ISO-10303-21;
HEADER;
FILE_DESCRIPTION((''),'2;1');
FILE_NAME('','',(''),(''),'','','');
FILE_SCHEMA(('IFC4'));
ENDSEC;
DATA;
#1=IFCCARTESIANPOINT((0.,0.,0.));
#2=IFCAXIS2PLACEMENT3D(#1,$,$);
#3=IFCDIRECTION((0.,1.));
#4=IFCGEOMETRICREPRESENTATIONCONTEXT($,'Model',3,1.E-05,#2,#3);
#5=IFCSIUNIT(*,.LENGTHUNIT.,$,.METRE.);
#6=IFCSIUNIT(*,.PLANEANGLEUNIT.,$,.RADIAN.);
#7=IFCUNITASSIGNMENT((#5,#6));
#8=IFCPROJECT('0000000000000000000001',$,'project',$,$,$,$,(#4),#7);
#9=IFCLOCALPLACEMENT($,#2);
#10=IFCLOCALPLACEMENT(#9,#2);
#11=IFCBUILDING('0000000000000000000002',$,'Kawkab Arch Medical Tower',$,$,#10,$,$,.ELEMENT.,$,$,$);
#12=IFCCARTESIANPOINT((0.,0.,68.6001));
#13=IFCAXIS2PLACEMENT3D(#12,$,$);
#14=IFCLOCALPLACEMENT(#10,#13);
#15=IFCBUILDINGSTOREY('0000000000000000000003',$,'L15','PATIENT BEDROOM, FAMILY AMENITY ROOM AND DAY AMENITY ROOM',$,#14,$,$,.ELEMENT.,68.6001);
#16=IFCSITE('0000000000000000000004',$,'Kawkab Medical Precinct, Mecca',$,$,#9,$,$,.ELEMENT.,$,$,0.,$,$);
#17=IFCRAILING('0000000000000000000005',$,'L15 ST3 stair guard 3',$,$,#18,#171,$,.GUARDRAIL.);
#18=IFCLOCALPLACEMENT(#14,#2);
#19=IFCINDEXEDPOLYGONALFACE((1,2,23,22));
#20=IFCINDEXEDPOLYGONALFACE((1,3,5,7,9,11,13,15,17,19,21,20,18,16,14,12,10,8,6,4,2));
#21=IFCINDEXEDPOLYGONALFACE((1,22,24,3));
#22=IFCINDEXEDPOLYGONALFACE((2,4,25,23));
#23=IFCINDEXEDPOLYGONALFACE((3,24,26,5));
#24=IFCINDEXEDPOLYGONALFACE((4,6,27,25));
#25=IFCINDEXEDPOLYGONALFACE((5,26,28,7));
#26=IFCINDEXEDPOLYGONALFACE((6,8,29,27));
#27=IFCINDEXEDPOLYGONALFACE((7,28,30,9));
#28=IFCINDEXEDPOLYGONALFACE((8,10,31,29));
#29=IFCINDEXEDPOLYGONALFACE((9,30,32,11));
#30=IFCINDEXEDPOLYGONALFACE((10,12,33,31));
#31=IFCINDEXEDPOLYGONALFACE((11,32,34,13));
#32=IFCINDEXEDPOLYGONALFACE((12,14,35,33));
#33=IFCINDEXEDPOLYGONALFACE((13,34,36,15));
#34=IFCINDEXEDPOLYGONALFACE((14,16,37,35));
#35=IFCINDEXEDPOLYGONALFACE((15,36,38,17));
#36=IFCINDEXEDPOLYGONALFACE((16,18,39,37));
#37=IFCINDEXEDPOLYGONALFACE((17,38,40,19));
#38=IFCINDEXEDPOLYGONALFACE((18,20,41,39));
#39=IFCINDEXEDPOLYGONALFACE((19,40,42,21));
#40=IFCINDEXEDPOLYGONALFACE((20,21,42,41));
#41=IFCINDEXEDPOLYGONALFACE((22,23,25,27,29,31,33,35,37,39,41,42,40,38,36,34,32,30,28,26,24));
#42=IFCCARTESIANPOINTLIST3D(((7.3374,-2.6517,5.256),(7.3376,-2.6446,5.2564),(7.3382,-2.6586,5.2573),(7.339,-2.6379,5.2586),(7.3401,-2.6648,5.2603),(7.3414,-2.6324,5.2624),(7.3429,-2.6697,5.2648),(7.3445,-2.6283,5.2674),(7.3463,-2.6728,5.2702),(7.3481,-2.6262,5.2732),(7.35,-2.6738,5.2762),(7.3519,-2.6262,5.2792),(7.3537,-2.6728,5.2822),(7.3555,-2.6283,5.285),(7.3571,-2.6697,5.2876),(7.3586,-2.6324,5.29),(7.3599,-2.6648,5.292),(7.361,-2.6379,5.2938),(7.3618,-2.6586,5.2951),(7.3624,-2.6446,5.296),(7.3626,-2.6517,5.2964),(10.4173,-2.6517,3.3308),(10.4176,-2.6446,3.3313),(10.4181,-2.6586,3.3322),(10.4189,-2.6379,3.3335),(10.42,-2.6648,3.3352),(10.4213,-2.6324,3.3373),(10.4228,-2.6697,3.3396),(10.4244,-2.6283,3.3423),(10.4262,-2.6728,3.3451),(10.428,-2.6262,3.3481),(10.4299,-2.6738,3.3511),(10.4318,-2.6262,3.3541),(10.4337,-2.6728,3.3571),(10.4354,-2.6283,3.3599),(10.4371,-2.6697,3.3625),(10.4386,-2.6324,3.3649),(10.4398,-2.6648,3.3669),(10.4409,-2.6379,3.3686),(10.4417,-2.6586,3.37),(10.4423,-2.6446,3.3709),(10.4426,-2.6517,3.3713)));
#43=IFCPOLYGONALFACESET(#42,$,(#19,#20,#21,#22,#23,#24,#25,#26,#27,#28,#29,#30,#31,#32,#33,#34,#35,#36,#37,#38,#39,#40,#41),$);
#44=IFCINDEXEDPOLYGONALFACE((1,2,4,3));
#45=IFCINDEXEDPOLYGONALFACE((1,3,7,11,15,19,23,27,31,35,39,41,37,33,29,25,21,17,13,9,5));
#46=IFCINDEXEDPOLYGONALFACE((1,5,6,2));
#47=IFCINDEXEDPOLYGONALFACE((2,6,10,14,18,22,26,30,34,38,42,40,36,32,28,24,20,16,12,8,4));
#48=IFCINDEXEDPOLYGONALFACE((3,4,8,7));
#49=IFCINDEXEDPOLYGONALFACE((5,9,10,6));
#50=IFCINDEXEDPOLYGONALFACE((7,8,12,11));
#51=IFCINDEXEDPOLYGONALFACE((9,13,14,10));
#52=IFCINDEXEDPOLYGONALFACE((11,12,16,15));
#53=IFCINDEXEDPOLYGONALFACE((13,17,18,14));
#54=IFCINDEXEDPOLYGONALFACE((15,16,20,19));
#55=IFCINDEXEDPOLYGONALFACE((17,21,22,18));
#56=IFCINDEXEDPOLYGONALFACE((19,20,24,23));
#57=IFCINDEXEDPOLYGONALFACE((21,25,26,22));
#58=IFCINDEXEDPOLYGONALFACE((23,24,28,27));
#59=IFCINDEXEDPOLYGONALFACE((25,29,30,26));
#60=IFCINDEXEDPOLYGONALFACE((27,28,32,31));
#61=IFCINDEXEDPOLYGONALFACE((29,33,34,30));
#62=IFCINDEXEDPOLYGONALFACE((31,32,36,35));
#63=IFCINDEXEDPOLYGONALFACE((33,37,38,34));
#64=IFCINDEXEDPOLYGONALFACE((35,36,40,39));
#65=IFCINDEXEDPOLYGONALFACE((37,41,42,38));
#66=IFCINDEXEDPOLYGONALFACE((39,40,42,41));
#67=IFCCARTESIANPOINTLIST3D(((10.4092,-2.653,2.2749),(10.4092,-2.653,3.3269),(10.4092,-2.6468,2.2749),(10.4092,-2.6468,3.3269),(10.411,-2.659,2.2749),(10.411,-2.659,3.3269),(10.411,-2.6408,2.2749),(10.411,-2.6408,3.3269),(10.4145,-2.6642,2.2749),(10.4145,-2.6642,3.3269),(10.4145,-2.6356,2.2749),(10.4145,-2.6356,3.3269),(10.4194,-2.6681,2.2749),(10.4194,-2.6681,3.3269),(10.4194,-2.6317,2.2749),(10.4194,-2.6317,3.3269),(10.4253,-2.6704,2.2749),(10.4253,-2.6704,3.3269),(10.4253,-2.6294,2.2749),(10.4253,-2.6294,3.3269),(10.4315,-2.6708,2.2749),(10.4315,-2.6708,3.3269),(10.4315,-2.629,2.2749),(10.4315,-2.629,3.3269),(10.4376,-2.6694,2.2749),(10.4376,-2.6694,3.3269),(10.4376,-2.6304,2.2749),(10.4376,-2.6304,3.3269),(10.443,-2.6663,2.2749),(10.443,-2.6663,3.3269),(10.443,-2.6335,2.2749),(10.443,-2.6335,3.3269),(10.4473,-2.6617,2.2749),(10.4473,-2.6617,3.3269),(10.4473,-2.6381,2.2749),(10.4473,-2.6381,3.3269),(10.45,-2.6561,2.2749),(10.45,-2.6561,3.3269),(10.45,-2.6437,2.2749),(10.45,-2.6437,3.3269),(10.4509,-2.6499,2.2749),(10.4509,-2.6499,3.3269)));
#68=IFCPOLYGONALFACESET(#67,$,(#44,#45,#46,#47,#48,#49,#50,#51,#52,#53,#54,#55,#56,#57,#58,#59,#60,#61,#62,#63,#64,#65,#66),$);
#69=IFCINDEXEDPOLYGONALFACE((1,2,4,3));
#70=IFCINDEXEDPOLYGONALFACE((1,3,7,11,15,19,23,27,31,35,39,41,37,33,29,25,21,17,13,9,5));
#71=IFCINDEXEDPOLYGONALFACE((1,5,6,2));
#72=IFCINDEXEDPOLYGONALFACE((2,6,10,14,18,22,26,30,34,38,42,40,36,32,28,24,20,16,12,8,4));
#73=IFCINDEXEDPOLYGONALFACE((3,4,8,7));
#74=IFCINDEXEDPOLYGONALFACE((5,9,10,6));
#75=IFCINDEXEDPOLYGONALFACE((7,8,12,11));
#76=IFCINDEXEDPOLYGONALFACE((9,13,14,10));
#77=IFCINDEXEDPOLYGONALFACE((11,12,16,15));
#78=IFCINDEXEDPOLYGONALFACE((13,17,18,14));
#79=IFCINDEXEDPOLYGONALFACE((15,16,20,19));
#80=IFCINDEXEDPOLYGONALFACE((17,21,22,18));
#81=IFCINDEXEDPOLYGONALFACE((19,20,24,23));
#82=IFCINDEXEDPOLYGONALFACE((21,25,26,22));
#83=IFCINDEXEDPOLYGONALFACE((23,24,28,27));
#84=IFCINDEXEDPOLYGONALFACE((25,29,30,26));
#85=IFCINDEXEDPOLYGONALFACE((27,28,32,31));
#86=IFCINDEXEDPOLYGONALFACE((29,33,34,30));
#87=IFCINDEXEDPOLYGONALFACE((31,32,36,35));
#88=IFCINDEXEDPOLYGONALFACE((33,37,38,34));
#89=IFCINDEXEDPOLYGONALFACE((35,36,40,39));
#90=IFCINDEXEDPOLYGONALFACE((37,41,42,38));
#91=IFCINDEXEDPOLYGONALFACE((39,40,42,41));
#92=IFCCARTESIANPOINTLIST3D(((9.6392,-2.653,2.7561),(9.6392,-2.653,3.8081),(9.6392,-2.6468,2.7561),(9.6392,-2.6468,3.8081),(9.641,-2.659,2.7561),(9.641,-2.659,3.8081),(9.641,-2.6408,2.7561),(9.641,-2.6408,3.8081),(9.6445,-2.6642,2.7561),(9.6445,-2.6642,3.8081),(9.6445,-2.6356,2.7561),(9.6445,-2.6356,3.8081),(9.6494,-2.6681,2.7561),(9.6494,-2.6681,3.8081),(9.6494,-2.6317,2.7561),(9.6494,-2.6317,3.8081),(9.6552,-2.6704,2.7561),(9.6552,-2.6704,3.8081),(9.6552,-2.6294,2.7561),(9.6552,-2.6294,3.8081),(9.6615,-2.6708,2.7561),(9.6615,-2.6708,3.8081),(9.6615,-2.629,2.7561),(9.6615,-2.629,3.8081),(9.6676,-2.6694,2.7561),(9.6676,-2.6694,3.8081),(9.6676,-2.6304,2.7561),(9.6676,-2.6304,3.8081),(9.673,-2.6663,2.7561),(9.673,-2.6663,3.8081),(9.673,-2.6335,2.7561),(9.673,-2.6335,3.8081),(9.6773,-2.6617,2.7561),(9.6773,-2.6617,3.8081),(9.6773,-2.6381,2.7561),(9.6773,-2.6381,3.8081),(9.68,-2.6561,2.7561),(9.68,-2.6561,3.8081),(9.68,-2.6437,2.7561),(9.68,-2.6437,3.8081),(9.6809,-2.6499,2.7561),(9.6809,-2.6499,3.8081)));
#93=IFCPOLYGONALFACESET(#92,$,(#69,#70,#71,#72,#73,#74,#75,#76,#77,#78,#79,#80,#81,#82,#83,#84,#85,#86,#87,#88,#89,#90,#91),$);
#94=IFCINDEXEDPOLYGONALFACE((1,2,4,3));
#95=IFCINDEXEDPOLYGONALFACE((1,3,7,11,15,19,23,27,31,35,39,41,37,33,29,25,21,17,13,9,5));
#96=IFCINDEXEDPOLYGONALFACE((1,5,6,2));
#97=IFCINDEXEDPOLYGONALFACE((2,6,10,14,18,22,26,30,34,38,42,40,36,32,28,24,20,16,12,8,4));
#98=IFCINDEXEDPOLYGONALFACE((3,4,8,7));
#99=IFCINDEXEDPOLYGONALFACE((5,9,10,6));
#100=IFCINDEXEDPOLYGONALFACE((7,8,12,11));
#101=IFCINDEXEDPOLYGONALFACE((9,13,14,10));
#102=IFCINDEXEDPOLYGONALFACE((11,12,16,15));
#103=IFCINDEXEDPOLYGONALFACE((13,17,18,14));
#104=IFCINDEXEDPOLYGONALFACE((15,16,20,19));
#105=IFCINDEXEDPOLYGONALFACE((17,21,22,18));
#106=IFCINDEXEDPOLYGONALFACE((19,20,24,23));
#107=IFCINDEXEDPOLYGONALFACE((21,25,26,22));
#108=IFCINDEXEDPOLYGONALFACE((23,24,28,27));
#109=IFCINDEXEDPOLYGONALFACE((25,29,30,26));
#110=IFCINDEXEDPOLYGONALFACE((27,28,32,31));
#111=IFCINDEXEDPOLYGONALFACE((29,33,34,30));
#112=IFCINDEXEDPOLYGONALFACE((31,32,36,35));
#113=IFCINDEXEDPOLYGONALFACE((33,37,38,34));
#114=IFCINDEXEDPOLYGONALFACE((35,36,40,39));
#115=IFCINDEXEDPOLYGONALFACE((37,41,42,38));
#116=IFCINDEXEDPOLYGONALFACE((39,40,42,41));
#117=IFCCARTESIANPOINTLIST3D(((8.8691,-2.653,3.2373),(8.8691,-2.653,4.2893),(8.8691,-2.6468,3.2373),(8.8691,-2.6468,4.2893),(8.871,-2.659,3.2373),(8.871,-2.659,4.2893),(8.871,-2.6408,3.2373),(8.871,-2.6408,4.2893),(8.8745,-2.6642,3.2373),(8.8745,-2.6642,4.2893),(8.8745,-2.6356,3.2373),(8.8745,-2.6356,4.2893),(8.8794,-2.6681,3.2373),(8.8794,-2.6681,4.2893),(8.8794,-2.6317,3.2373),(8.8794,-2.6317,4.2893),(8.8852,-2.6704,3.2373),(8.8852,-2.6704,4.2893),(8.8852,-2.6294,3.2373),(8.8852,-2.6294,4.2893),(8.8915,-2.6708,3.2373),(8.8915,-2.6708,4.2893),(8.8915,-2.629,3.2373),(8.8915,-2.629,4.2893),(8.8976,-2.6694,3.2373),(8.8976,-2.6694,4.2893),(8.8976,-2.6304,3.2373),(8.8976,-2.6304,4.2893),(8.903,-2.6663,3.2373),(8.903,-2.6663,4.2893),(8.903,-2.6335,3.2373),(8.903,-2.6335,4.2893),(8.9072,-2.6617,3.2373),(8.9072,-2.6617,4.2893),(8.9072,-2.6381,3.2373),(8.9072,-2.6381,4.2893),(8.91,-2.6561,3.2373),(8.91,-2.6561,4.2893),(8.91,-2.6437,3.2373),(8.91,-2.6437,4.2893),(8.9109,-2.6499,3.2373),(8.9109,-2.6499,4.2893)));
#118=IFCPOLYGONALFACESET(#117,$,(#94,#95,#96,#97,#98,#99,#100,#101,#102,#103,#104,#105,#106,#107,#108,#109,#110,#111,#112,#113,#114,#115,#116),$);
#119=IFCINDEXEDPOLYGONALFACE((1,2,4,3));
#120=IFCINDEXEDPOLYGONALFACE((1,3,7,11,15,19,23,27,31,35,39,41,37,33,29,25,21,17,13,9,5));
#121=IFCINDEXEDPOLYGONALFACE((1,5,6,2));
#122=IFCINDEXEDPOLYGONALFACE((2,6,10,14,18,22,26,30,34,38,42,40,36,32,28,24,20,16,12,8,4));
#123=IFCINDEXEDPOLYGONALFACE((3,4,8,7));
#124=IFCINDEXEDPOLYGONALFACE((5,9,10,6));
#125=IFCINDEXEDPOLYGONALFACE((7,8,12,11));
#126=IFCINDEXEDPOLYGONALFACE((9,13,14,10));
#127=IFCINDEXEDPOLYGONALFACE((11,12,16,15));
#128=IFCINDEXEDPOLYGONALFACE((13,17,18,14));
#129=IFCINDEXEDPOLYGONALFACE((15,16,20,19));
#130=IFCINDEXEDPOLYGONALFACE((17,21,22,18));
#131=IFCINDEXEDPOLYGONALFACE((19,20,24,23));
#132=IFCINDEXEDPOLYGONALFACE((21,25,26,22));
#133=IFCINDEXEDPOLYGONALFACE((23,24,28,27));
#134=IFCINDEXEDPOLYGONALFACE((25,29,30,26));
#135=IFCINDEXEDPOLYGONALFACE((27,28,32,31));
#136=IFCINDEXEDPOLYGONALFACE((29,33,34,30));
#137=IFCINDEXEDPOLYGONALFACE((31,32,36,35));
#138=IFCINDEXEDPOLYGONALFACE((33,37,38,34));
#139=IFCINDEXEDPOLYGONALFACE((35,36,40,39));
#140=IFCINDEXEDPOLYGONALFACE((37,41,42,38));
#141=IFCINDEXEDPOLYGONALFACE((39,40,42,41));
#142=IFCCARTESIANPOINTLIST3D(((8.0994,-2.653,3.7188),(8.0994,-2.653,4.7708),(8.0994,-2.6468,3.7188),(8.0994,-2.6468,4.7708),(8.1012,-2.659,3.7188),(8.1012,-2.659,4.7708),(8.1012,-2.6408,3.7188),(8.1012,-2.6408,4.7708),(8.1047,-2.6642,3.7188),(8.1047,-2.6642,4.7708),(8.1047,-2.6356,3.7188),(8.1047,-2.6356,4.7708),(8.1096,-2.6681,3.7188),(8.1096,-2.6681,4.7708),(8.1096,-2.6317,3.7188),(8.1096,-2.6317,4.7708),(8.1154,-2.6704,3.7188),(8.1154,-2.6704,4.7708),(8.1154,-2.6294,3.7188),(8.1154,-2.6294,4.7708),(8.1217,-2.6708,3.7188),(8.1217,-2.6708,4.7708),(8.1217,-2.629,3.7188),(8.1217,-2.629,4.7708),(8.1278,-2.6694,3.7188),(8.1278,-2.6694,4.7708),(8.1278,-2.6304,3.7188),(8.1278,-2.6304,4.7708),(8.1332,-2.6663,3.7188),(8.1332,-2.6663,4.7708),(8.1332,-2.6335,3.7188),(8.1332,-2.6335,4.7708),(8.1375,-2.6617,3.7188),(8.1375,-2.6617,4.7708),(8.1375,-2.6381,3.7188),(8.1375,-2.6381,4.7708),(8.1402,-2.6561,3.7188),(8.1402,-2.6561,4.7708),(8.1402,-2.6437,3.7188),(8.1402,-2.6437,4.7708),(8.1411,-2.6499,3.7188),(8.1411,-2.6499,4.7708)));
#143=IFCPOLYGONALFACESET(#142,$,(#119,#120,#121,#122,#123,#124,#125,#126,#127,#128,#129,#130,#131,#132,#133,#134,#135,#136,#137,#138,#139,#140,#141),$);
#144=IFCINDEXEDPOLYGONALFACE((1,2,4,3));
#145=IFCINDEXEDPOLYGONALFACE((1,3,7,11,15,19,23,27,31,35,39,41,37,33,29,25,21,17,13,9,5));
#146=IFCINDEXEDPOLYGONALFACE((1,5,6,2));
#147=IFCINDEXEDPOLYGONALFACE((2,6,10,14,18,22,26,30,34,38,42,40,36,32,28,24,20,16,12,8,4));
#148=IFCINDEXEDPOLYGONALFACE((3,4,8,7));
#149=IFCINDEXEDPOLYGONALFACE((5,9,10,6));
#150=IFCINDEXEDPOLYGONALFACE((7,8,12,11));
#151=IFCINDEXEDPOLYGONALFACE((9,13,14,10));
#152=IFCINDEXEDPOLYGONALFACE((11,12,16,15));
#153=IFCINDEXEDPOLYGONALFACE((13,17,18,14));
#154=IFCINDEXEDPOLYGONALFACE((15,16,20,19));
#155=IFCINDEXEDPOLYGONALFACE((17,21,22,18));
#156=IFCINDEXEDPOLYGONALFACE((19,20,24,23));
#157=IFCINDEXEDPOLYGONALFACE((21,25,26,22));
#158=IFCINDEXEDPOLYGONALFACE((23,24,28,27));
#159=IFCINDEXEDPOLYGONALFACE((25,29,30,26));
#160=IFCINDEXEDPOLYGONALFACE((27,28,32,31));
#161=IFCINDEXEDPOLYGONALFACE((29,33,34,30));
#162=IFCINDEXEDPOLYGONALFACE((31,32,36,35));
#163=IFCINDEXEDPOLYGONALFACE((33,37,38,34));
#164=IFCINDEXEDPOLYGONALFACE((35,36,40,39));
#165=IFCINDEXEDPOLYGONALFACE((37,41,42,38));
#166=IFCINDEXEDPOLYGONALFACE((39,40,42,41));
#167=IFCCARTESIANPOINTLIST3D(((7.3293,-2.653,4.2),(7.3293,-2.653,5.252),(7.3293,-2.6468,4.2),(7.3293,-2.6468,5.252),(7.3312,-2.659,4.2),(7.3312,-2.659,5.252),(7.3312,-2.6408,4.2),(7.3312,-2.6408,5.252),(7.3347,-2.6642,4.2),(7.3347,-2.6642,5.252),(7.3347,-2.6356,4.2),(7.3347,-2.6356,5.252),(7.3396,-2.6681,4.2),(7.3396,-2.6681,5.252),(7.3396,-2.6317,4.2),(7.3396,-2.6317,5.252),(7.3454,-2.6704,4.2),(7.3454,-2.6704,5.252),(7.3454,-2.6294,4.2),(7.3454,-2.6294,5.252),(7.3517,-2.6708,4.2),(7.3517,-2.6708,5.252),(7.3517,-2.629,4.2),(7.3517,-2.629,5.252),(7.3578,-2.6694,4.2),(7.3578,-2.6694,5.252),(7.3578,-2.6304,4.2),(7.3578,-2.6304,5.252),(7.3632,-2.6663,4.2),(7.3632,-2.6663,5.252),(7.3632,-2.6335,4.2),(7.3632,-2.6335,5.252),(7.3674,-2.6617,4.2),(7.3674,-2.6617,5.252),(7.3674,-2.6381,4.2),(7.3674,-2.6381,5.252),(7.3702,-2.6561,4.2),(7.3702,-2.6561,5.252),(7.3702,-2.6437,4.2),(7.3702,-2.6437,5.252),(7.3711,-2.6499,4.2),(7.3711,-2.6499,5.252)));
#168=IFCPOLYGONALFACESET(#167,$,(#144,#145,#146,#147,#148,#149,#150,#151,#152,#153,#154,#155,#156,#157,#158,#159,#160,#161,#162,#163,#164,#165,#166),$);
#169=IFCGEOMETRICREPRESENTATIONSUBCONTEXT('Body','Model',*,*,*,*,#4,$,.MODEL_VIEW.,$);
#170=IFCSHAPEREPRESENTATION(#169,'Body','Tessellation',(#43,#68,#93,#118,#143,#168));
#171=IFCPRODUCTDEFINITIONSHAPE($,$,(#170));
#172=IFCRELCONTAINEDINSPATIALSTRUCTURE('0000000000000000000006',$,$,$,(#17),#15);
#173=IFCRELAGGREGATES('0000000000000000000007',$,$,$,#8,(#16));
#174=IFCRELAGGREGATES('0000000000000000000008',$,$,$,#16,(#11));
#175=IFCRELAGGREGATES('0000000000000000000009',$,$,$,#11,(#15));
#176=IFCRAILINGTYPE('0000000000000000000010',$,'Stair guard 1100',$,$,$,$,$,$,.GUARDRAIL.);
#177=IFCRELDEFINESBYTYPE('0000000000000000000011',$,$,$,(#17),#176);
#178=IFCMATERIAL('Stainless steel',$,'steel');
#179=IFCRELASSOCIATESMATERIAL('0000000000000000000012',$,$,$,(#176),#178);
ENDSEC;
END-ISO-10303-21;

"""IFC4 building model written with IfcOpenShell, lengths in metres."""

from ifc_helpers import new_model, si_unit, direction, frame, origin, origin_2d, place, context, subcontext, project, spatial, circle, extrude, material, type_object, element, save


model = new_model("IFC4")

# Units and contexts
model_context = context("Model", 3, precision=1e-05, world=origin(), true_north=direction((0.0, 1.0)))
body_context = subcontext(model_context, "Body", "Model", "MODEL_VIEW")
ifc_project = project(units=[si_unit("LENGTHUNIT", "METRE"), si_unit("PLANEANGLEUNIT", "RADIAN")], contexts=[model_context])

# Site, building, storey
site_placement = place(None, origin())
site = spatial("IfcSite", under=ifc_project, at=site_placement, Name="Kawkab Medical Precinct, Mecca", CompositionType="ELEMENT", RefElevation=0.0)
building_placement = place(site_placement, origin())
building = spatial("IfcBuilding", under=site, at=building_placement, Name="Kawkab Arch Medical Tower", CompositionType="ELEMENT")
storey_placement = place(building_placement, frame((0.0, 0.0, 68.6001)))
storey = spatial("IfcBuildingStorey", under=building, at=storey_placement, Name="L15", Description="PATIENT BEDROOM, FAMILY AMENITY ROOM AND DAY AMENITY ROOM", CompositionType="ELEMENT", Elevation=68.6001)

# Railing
ifc_material_1 = material(Name="Stainless steel", Category="steel")
railing_type_1 = type_object("IfcRailingType", Name="Stair guard 1100", PredefinedType="GUARDRAIL", material=ifc_material_1)
railing_1_placement = place(storey_placement, frame((10.4299, -2.6499, 2.2749)))
element("IfcRailing", 1, at=railing_1_placement, inside=storey, type_object=railing_type_1, Name="L15 ST3 stair guard 3", PredefinedType="GUARDRAIL", context=body_context, shape_type="SweptSolid", body=[
    extrude(circle(Radius=0.0239, at=origin_2d()), frame((0.0, 0.0, 1.0762), z_axis=(-0.847979, 0.0, 0.530029), x_axis=(0.0, -1.0, 0.0)), (0.0, 0.0, 1.0), 3.6321),
    extrude(circle(Radius=0.021, at=origin_2d()), origin(), (0.0, 0.0, 1.0), 1.052),
    extrude(circle(Radius=0.021, at=origin_2d()), frame((-0.77, 0.0, 0.4812)), (0.0, 0.0, 1.0), 1.052),
    extrude(circle(Radius=0.021, at=origin_2d()), frame((-1.54, 0.0, 0.9624)), (0.0, 0.0, 1.0), 1.052),
    extrude(circle(Radius=0.021, at=origin_2d()), frame((-2.3098, 0.0, 1.4438)), (0.0, 0.0, 1.0), 1.052),
    extrude(circle(Radius=0.021, at=origin_2d()), frame((-3.0798, 0.0, 1.925)), (0.0, 0.0, 1.0), 1.052),
])

save(model, "model.ifc")
